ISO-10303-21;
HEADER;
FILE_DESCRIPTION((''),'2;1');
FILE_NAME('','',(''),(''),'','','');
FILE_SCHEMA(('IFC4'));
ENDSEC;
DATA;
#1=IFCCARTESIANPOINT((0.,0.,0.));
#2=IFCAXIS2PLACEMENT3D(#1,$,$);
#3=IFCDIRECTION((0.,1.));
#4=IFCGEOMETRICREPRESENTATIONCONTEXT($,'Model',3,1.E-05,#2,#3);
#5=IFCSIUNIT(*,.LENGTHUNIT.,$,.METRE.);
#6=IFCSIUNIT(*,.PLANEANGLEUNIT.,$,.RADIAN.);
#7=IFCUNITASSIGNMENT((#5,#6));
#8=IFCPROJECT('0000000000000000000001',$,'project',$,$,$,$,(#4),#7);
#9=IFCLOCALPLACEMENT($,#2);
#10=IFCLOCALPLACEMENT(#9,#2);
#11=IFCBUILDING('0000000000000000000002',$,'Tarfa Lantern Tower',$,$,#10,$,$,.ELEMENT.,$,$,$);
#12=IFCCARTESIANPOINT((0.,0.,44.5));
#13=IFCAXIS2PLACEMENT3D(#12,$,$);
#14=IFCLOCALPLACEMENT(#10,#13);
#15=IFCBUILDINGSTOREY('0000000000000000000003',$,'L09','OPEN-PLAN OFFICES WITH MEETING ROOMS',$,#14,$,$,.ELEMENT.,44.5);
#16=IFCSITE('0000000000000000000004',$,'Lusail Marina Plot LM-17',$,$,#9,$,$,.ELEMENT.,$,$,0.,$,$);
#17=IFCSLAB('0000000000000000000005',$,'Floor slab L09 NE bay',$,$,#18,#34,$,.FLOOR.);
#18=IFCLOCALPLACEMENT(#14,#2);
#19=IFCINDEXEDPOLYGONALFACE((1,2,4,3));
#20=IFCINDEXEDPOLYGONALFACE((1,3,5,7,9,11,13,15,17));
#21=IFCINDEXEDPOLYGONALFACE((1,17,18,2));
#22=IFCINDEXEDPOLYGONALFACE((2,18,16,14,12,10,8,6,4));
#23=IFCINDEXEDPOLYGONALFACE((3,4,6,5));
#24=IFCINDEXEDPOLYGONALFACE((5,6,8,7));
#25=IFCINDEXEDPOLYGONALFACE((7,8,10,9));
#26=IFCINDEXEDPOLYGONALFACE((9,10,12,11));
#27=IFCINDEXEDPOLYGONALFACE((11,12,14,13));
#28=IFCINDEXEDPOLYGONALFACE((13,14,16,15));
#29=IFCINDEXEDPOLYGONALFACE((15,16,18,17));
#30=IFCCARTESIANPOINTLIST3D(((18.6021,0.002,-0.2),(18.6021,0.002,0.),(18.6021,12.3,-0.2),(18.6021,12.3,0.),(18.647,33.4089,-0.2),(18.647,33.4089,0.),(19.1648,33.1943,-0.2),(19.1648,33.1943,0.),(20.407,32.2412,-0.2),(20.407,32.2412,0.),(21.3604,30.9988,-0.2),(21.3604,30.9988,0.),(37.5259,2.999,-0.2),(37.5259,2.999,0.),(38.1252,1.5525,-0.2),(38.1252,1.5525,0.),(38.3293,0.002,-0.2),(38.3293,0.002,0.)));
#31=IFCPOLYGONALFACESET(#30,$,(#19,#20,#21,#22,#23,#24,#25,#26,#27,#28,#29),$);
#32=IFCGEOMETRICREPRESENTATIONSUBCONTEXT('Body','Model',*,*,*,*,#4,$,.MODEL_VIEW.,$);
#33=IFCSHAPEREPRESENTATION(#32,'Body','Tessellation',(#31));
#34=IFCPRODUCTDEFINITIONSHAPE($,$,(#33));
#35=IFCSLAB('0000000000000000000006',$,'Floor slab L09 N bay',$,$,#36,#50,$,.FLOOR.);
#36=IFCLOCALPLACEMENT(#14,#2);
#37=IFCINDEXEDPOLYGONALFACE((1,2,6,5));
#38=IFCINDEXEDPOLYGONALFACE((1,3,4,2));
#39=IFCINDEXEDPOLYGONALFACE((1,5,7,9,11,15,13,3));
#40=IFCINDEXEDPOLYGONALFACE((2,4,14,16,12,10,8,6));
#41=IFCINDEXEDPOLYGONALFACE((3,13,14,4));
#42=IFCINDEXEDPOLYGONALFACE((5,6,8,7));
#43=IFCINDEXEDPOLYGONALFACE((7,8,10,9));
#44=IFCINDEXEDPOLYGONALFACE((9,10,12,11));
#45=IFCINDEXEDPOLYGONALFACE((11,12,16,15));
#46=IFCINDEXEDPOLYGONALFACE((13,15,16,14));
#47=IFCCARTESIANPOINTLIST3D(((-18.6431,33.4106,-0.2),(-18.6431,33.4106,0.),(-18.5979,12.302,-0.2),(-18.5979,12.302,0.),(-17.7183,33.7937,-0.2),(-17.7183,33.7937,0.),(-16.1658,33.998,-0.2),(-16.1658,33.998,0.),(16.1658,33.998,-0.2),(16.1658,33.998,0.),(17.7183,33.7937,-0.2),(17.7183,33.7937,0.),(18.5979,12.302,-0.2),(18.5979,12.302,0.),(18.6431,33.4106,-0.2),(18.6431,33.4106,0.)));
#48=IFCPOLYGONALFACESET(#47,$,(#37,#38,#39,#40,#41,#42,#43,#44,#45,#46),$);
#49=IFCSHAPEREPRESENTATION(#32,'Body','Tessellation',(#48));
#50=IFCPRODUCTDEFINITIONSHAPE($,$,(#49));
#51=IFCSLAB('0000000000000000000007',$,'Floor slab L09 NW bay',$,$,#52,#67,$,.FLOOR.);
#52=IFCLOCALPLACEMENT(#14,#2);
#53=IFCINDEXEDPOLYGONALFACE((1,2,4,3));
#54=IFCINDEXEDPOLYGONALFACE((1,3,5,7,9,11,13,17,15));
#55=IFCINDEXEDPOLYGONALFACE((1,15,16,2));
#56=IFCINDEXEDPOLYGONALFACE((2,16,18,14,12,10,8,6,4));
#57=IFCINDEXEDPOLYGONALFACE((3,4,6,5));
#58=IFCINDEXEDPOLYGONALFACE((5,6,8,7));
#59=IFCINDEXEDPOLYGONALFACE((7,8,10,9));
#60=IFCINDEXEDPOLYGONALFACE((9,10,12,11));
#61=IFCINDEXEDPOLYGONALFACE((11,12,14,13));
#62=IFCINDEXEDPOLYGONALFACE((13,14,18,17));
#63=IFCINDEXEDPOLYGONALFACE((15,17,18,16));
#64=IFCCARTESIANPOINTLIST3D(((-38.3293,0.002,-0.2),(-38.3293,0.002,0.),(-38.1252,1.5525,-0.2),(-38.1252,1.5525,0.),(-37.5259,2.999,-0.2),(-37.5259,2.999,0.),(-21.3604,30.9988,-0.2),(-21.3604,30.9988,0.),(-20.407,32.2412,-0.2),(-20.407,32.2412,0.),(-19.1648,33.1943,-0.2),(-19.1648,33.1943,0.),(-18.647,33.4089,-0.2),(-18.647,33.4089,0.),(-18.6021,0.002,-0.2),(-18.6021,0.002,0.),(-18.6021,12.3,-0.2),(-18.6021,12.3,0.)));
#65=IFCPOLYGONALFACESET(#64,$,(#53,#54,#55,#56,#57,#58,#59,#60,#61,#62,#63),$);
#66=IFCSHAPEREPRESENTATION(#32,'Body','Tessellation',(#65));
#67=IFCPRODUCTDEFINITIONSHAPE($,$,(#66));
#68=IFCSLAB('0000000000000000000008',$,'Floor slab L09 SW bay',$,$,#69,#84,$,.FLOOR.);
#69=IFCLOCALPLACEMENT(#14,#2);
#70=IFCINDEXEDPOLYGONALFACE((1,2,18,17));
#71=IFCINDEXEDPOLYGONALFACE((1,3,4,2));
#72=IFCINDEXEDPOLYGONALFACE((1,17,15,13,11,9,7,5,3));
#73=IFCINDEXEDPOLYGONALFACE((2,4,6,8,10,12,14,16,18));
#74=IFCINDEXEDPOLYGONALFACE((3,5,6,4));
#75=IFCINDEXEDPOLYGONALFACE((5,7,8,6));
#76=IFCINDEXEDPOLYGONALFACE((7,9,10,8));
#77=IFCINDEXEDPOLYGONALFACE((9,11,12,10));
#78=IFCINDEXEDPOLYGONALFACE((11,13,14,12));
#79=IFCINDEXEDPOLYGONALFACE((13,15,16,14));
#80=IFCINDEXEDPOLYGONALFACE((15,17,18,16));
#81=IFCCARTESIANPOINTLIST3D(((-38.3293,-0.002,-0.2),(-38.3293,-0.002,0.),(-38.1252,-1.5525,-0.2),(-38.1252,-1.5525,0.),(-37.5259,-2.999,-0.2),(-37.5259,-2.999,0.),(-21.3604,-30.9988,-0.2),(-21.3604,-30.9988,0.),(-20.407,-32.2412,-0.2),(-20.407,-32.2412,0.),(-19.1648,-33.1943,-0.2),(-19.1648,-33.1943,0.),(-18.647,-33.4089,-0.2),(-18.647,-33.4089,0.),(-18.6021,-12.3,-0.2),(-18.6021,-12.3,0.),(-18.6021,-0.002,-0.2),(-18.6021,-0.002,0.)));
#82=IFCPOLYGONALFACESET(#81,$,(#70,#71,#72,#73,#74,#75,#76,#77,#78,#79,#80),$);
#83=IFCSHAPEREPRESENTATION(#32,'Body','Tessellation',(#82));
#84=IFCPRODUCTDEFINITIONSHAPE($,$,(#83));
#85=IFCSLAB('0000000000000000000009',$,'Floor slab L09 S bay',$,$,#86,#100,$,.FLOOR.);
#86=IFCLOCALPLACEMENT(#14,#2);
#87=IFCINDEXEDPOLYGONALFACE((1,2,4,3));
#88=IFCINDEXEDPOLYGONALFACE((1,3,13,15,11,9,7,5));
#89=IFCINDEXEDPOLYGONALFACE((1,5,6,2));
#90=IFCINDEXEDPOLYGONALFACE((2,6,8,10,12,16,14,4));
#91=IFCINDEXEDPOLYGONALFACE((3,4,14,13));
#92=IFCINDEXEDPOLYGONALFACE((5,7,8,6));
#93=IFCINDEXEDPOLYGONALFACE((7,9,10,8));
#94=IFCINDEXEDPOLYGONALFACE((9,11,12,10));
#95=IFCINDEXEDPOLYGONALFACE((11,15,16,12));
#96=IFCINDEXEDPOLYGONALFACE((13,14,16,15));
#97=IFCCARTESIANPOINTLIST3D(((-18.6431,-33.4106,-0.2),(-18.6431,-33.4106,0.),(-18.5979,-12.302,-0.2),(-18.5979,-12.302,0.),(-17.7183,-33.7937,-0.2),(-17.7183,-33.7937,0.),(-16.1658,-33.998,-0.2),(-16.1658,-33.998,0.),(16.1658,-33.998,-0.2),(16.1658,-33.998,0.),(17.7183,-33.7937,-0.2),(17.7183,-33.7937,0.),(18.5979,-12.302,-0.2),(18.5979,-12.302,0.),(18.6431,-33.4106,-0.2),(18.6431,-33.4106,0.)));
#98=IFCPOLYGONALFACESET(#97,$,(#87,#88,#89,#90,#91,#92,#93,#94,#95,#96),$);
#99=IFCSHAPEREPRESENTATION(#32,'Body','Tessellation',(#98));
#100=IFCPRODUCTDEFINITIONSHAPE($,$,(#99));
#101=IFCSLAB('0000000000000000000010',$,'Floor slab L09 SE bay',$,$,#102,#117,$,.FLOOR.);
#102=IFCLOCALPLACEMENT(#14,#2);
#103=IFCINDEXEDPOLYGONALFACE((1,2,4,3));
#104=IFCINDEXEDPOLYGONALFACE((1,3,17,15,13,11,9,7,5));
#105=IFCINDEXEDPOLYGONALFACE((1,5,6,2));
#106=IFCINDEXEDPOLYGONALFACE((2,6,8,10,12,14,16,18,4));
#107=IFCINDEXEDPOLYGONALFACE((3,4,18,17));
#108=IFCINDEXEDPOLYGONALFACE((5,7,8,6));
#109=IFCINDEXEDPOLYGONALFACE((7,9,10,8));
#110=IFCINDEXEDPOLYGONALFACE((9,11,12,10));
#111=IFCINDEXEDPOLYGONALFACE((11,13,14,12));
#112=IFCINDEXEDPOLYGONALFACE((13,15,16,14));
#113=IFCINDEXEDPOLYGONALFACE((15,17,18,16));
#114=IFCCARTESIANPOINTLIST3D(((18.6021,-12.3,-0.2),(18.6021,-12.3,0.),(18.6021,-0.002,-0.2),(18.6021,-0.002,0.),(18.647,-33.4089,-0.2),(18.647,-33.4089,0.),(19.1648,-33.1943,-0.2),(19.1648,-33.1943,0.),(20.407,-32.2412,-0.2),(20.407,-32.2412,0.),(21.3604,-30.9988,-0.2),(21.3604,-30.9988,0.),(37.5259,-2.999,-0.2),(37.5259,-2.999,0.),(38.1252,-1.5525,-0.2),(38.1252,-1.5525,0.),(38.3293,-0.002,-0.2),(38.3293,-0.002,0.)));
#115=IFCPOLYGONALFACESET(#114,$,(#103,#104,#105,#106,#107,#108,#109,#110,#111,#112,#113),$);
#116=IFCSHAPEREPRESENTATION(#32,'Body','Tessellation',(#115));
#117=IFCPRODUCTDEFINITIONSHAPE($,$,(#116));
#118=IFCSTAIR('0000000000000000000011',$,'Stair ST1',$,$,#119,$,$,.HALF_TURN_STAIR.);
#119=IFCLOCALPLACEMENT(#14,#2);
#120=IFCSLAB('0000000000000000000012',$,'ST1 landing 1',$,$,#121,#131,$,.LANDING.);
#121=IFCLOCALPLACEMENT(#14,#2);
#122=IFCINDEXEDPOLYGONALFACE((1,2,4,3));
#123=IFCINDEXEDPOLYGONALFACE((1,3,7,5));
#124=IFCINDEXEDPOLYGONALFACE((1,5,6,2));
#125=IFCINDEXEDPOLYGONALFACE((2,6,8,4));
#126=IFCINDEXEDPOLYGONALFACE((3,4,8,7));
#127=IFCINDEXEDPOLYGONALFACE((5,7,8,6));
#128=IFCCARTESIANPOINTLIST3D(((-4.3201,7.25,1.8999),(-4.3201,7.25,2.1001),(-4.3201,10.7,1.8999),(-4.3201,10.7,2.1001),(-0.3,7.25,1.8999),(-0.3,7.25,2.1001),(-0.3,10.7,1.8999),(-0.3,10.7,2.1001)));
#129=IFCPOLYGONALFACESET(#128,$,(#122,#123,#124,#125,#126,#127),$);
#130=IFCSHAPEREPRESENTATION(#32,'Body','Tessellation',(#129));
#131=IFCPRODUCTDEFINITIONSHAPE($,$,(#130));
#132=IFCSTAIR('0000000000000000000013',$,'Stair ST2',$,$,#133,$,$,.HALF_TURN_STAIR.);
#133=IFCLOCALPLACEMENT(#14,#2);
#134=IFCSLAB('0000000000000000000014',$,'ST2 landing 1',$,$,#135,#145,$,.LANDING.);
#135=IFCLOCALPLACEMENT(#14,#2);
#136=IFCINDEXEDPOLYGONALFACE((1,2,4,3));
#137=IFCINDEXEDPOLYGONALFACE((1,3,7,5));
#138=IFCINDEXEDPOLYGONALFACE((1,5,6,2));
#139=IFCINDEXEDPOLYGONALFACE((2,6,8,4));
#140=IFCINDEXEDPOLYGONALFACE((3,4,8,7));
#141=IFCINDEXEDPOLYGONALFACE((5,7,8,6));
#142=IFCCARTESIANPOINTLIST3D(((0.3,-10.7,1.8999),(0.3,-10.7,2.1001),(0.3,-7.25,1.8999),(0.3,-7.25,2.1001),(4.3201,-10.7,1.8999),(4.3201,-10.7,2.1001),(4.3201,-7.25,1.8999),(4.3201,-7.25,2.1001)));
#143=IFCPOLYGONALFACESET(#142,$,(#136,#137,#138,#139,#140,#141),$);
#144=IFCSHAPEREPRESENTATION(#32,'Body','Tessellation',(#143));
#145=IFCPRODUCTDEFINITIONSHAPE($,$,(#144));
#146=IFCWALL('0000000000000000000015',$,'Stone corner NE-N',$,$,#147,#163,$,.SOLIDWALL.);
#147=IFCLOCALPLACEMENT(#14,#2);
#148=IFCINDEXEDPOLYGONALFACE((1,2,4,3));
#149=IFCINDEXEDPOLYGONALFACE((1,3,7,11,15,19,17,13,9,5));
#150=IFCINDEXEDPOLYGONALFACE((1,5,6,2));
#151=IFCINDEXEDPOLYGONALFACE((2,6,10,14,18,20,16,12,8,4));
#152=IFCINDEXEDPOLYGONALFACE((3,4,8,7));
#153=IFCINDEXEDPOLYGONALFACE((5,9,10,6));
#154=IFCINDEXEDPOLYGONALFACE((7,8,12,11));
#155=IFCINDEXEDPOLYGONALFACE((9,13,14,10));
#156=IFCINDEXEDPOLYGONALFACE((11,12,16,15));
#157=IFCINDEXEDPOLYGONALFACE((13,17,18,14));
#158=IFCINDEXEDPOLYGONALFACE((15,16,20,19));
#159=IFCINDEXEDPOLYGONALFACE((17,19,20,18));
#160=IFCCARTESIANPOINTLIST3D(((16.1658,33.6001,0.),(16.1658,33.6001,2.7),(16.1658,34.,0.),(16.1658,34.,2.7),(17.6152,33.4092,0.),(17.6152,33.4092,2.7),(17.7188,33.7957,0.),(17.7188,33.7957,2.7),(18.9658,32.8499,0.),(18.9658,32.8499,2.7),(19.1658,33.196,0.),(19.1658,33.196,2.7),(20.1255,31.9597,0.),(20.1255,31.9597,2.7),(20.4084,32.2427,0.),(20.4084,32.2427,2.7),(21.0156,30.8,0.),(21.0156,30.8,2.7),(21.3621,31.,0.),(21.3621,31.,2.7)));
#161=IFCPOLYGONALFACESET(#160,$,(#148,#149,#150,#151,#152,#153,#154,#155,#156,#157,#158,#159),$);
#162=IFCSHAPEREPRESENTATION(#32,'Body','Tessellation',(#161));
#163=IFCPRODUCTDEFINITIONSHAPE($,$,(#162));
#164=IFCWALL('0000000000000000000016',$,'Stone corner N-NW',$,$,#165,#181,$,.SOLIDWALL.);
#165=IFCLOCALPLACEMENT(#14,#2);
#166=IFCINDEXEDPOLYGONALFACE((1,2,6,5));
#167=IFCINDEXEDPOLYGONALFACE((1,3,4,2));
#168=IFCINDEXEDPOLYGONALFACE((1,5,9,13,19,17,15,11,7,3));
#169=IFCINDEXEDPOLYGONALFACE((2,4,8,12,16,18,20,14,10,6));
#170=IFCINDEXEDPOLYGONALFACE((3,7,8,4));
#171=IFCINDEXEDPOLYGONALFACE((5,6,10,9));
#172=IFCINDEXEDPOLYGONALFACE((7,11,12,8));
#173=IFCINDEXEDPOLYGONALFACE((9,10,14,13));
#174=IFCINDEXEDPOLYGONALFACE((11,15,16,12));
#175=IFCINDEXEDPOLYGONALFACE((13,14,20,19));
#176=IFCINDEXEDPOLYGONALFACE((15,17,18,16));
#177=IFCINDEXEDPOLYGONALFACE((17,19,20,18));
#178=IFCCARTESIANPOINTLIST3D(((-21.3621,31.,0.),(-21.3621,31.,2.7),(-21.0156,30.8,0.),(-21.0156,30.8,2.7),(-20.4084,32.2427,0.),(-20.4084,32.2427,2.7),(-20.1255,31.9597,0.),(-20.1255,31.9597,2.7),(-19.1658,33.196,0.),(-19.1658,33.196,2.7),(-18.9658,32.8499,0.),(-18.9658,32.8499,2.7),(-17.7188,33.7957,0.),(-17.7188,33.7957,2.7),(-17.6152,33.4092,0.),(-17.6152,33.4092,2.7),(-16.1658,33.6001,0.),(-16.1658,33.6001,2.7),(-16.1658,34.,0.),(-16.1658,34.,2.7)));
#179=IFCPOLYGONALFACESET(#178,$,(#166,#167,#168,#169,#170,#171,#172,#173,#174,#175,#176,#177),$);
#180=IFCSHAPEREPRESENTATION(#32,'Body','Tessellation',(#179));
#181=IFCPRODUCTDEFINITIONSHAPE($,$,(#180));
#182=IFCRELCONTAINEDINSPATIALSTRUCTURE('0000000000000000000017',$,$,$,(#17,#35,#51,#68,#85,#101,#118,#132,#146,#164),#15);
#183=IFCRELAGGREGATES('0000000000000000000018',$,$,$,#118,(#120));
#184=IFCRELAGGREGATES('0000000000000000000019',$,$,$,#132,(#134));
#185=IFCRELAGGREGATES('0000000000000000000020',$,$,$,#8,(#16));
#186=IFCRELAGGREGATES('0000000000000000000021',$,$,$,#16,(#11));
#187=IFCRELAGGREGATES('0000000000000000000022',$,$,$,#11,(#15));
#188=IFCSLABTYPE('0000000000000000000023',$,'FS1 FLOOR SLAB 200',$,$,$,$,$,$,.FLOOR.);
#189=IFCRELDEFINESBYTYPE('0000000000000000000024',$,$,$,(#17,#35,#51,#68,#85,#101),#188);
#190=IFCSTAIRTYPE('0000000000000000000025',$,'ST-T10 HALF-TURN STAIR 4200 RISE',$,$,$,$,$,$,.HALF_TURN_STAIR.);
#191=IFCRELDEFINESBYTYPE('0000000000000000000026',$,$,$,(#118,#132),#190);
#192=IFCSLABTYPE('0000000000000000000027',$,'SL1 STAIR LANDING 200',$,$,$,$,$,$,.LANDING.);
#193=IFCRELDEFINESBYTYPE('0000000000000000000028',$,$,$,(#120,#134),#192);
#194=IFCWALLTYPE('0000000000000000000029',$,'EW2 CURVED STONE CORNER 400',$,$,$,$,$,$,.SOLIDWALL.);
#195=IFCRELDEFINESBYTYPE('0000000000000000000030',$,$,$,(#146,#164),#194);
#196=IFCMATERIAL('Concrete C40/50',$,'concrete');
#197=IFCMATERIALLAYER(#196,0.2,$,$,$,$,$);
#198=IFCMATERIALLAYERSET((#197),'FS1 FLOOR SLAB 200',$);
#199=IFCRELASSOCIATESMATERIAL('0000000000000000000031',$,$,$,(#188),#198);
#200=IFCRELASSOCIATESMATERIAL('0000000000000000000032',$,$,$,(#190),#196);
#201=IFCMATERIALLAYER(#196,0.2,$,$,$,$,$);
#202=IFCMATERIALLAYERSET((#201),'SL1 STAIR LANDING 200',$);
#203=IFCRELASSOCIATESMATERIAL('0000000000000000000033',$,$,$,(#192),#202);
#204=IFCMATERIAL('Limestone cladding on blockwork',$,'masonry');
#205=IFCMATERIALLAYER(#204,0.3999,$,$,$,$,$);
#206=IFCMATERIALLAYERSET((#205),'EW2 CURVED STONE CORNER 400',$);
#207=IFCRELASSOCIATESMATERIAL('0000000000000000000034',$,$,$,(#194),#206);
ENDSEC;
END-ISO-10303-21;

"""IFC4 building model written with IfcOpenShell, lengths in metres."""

from ifc_helpers import new_model, si_unit, direction, frame, origin, place, context, subcontext, project, spatial, polyline, outline, extrude, material, layer, layer_set, type_object, element, aggregate, save


model = new_model("IFC4")

# Units and contexts
model_context = context("Model", 3, precision=1e-05, world=origin(), true_north=direction((0.0, 1.0)))
body_context = subcontext(model_context, "Body", "Model", "MODEL_VIEW")
ifc_project = project(units=[si_unit("LENGTHUNIT", "METRE"), si_unit("PLANEANGLEUNIT", "RADIAN")], contexts=[model_context])

# Site, building, storey
site_placement = place(None, origin())
site = spatial("IfcSite", under=ifc_project, at=site_placement, Name="Lusail Marina Plot LM-17", CompositionType="ELEMENT", RefElevation=0.0)
building_placement = place(site_placement, origin())
building = spatial("IfcBuilding", under=site, at=building_placement, Name="Tarfa Lantern Tower", CompositionType="ELEMENT")
storey_placement = place(building_placement, frame((0.0, 0.0, 44.5)))
storey = spatial("IfcBuildingStorey", under=building, at=storey_placement, Name="L09", Description="OPEN-PLAN OFFICES WITH MEETING ROOMS", CompositionType="ELEMENT", Elevation=44.5)

# Slabs
ifc_material_1 = material(Name="Concrete C40/50", Category="concrete")
ifc_layer_1 = layer(ifc_material_1, 0.2)
ifc_layer_set_1 = layer_set([ifc_layer_1], Name="FS1 FLOOR SLAB 200")
slab_type_1 = type_object("IfcSlabType", Name="FS1 FLOOR SLAB 200", PredefinedType="FLOOR", material=ifc_layer_set_1)
slab_1_placement = place(storey_placement, frame((0.0, 0.0, -0.2)))
element("IfcSlab", 1, at=slab_1_placement, inside=storey, type_object=slab_type_1, Name="Floor slab L09 NE bay", PredefinedType="FLOOR", context=body_context, shape_type="SweptSolid", body=[
    extrude(outline(polyline([(37.5259, 2.999), (21.3604, 30.9988), (20.407, 32.2412), (19.1648, 33.1943), (18.647, 33.4089), (18.6021, 12.3), (18.6021, 0.002), (38.3293, 0.002), (38.1252, 1.5525), (37.5259, 2.999)])), origin(), (0.0, 0.0, 1.0), 0.2),
])
slab_2_placement = place(storey_placement, frame((0.0, 0.0, -0.2)))
element("IfcSlab", 2, at=slab_2_placement, inside=storey, type_object=slab_type_1, Name="Floor slab L09 N bay", PredefinedType="FLOOR", context=body_context, shape_type="SweptSolid", body=[
    extrude(outline(polyline([(-18.5979, 12.302), (18.5979, 12.302), (18.6431, 33.4106), (17.7183, 33.7937), (16.1658, 33.998), (-16.1658, 33.998), (-17.7183, 33.7937), (-18.6431, 33.4106), (-18.5979, 12.302)])), origin(), (0.0, 0.0, 1.0), 0.2),
])
slab_3_placement = place(storey_placement, frame((0.0, 0.0, -0.2)))
element("IfcSlab", 3, at=slab_3_placement, inside=storey, type_object=slab_type_1, Name="Floor slab L09 NW bay", PredefinedType="FLOOR", context=body_context, shape_type="SweptSolid", body=[
    extrude(outline(polyline([(-18.6021, 0.002), (-18.6021, 12.3), (-18.647, 33.4089), (-19.1648, 33.1943), (-20.407, 32.2412), (-21.3604, 30.9988), (-37.5259, 2.999), (-38.1252, 1.5525), (-38.3293, 0.002), (-18.6021, 0.002)])), origin(), (0.0, 0.0, 1.0), 0.2),
])
slab_4_placement = place(storey_placement, frame((0.0, 0.0, -0.2)))
element("IfcSlab", 4, at=slab_4_placement, inside=storey, type_object=slab_type_1, Name="Floor slab L09 SW bay", PredefinedType="FLOOR", context=body_context, shape_type="SweptSolid", body=[
    extrude(outline(polyline([(-18.6021, -12.3), (-18.6021, -0.002), (-38.3293, -0.002), (-38.1252, -1.5525), (-37.5259, -2.999), (-21.3604, -30.9988), (-20.407, -32.2412), (-19.1648, -33.1943), (-18.647, -33.4089), (-18.6021, -12.3)])), origin(), (0.0, 0.0, 1.0), 0.2),
])
slab_5_placement = place(storey_placement, frame((0.0, 0.0, -0.2)))
element("IfcSlab", 5, at=slab_5_placement, inside=storey, type_object=slab_type_1, Name="Floor slab L09 S bay", PredefinedType="FLOOR", context=body_context, shape_type="SweptSolid", body=[
    extrude(outline(polyline([(18.5979, -12.302), (-18.5979, -12.302), (-18.6431, -33.4106), (-17.7183, -33.7937), (-16.1658, -33.998), (16.1658, -33.998), (17.7183, -33.7937), (18.6431, -33.4106), (18.5979, -12.302)])), origin(), (0.0, 0.0, 1.0), 0.2),
])
slab_6_placement = place(storey_placement, frame((0.0, 0.0, -0.2)))
element("IfcSlab", 6, at=slab_6_placement, inside=storey, type_object=slab_type_1, Name="Floor slab L09 SE bay", PredefinedType="FLOOR", context=body_context, shape_type="SweptSolid", body=[
    extrude(outline(polyline([(18.6021, -0.002), (18.6021, -12.3), (18.647, -33.4089), (19.1648, -33.1943), (20.407, -32.2412), (21.3604, -30.9988), (37.5259, -2.999), (38.1252, -1.5525), (38.3293, -0.002), (18.6021, -0.002)])), origin(), (0.0, 0.0, 1.0), 0.2),
])

# Stairs, slabs
stair_type = type_object("IfcStairType", Name="ST-T10 HALF-TURN STAIR 4200 RISE", PredefinedType="HALF_TURN_STAIR", material=ifc_material_1)
stair_1_placement = place(storey_placement, origin())
stair_1 = element("IfcStair", 7, at=stair_1_placement, inside=storey, type_object=stair_type, Name="Stair ST1", PredefinedType="HALF_TURN_STAIR")
ifc_layer_2 = layer(ifc_material_1, 0.2)
ifc_layer_set_2 = layer_set([ifc_layer_2], Name="SL1 STAIR LANDING 200")
slab_type_2 = type_object("IfcSlabType", Name="SL1 STAIR LANDING 200", PredefinedType="LANDING", material=ifc_layer_set_2)
slab_7_placement = place(storey_placement, frame((0.0, 0.0, 1.8999)))
slab_7 = element("IfcSlab", 8, at=slab_7_placement, type_object=slab_type_2, Name="ST1 landing 1", PredefinedType="LANDING", context=body_context, shape_type="SweptSolid", body=[
    extrude(outline(polyline([(-4.3201, 7.25), (-0.3, 7.25), (-0.3, 10.7), (-4.3201, 10.7), (-4.3201, 7.25)])), origin(), (0.0, 0.0, 1.0), 0.2002),
])
aggregate(stair_1, [slab_7])
stair_2_placement = place(storey_placement, origin())
stair_2 = element("IfcStair", 9, at=stair_2_placement, inside=storey, type_object=stair_type, Name="Stair ST2", PredefinedType="HALF_TURN_STAIR")
slab_8_placement = place(storey_placement, frame((0.0, 0.0, 1.8999)))
slab_8 = element("IfcSlab", 10, at=slab_8_placement, type_object=slab_type_2, Name="ST2 landing 1", PredefinedType="LANDING", context=body_context, shape_type="SweptSolid", body=[
    extrude(outline(polyline([(4.3201, -7.25), (0.3, -7.25), (0.3, -10.7), (4.3201, -10.7), (4.3201, -7.25)])), origin(), (0.0, 0.0, 1.0), 0.2002),
])
aggregate(stair_2, [slab_8])

# Walls
ifc_material_2 = material(Name="Limestone cladding on blockwork", Category="masonry")
ifc_layer_3 = layer(ifc_material_2, 0.3999)
ifc_layer_set_3 = layer_set([ifc_layer_3], Name="EW2 CURVED STONE CORNER 400")
wall_type_1 = type_object("IfcWallType", Name="EW2 CURVED STONE CORNER 400", PredefinedType="SOLIDWALL", material=ifc_layer_set_3)
wall_1_placement = place(storey_placement, origin())
element("IfcWall", 11, at=wall_1_placement, inside=storey, type_object=wall_type_1, Name="Stone corner NE-N", PredefinedType="SOLIDWALL", context=body_context, shape_type="SweptSolid", body=[
    extrude(outline(polyline([(21.3621, 31.0), (20.4084, 32.2427), (19.1658, 33.196), (17.7188, 33.7957), (16.1658, 34.0), (16.1658, 33.6001), (17.6152, 33.4092), (18.9658, 32.8499), (20.1255, 31.9597), (21.0156, 30.8), (21.3621, 31.0)])), origin(), (0.0, 0.0, 1.0), 2.7),
])
wall_2_placement = place(storey_placement, origin())
element("IfcWall", 12, at=wall_2_placement, inside=storey, type_object=wall_type_1, Name="Stone corner N-NW", PredefinedType="SOLIDWALL", context=body_context, shape_type="SweptSolid", body=[
    extrude(outline(polyline([(-16.1658, 34.0), (-17.7188, 33.7957), (-19.1658, 33.196), (-20.4084, 32.2427), (-21.3621, 31.0), (-21.0156, 30.8), (-20.1255, 31.9597), (-18.9658, 32.8499), (-17.6152, 33.4092), (-16.1658, 33.6001), (-16.1658, 34.0)])), origin(), (0.0, 0.0, 1.0), 2.7),
])

save(model, "model.ifc")
